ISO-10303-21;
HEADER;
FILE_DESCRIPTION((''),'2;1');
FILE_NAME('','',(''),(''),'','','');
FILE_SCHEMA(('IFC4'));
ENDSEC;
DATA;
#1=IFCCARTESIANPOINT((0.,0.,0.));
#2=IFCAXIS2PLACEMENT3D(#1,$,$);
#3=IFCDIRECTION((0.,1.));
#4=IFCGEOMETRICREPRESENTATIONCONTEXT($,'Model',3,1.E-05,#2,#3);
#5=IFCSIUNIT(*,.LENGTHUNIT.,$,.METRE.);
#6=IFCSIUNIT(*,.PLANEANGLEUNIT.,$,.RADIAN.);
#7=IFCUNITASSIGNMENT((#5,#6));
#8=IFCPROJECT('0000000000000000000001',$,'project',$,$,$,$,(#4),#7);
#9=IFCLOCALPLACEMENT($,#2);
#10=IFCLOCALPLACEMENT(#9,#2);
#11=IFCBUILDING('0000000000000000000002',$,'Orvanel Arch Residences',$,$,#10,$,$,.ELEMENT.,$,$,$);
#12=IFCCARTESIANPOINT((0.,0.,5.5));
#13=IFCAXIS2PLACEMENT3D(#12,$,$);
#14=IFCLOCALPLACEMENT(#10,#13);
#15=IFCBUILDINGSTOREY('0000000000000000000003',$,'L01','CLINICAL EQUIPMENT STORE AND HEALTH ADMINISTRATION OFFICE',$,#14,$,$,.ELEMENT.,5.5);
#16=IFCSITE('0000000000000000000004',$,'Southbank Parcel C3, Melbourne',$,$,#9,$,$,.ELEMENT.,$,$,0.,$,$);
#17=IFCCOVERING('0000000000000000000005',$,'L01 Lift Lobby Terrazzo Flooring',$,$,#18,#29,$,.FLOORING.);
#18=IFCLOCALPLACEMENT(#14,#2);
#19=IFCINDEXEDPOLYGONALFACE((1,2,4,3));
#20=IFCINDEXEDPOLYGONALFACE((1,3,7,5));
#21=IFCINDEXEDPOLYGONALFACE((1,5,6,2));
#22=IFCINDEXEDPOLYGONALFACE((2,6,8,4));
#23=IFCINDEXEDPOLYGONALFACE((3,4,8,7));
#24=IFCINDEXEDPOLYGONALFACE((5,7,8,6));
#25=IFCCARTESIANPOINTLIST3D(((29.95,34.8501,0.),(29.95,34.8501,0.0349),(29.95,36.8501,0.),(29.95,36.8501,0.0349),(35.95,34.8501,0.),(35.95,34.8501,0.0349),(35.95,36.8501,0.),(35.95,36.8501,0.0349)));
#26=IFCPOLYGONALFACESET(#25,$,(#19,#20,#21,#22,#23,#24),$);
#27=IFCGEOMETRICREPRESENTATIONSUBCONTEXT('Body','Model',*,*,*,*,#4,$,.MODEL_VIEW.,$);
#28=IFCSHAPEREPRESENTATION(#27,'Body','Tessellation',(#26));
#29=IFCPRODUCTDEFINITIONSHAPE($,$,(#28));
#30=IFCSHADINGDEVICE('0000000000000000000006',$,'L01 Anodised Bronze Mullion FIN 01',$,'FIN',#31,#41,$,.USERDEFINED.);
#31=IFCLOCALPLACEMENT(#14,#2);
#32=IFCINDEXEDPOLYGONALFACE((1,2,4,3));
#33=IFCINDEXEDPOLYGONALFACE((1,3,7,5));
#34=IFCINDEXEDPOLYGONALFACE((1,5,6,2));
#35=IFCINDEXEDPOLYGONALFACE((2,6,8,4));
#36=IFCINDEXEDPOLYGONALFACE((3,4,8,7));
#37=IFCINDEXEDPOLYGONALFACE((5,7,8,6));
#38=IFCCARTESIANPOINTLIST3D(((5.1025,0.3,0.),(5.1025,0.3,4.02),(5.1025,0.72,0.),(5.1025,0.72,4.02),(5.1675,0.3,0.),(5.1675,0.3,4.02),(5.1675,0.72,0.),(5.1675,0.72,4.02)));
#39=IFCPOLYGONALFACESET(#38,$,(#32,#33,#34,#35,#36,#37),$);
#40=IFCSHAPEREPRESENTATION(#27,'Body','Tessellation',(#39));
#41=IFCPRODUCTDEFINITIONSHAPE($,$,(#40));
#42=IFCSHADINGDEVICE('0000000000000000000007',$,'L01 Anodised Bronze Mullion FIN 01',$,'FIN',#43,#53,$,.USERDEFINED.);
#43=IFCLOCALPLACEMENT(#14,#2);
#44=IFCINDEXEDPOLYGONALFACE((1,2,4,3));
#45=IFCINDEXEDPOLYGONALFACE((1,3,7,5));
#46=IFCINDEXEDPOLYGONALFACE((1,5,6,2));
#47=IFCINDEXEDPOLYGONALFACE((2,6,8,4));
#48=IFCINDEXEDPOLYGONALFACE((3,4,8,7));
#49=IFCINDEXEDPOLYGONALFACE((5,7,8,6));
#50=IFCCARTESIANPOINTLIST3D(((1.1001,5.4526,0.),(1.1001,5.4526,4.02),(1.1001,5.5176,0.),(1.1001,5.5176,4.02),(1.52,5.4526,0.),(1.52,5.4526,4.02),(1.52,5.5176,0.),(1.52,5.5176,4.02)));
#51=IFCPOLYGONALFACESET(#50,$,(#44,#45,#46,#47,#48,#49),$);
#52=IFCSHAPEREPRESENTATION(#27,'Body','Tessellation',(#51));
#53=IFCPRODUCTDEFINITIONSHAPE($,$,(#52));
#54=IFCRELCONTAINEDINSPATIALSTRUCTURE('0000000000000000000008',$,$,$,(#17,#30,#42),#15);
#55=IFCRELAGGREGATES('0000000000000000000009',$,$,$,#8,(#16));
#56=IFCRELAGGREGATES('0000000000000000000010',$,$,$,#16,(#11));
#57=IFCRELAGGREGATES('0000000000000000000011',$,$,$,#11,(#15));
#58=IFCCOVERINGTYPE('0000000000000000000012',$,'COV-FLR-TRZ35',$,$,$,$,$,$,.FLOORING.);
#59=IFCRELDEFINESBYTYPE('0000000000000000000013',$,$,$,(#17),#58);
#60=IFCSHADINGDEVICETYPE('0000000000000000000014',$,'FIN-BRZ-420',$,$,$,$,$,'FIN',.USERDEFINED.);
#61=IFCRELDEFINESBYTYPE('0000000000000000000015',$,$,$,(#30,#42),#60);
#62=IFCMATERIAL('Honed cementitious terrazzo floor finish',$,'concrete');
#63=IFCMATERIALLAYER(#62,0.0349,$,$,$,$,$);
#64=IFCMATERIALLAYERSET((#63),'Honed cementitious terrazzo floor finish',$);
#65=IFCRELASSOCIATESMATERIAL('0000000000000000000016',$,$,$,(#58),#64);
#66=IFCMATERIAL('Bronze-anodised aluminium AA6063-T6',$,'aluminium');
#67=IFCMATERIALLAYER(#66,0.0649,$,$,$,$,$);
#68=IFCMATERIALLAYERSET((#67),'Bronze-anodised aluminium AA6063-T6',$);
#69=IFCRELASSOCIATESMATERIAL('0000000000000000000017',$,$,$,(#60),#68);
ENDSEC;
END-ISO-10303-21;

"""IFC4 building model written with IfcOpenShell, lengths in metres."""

from ifc_helpers import new_model, si_unit, direction, frame, origin, origin_2d, place, context, subcontext, project, spatial, polyline, rectangle, outline, extrude, material, layer, layer_set, type_object, element, save


model = new_model("IFC4")

# Units and contexts
model_context = context("Model", 3, precision=1e-05, world=origin(), true_north=direction((0.0, 1.0)))
body_context = subcontext(model_context, "Body", "Model", "MODEL_VIEW")
ifc_project = project(units=[si_unit("LENGTHUNIT", "METRE"), si_unit("PLANEANGLEUNIT", "RADIAN")], contexts=[model_context])

# Site, building, storey
site_placement = place(None, origin())
site = spatial("IfcSite", under=ifc_project, at=site_placement, Name="Southbank Parcel C3, Melbourne", CompositionType="ELEMENT", RefElevation=0.0)
building_placement = place(site_placement, origin())
building = spatial("IfcBuilding", under=site, at=building_placement, Name="Orvanel Arch Residences", CompositionType="ELEMENT")
storey_placement = place(building_placement, frame((0.0, 0.0, 5.5)))
storey = spatial("IfcBuildingStorey", under=building, at=storey_placement, Name="L01", Description="CLINICAL EQUIPMENT STORE AND HEALTH ADMINISTRATION OFFICE", CompositionType="ELEMENT", Elevation=5.5)

# Shared definitions
ifc_material_1 = material(Name="Bronze-anodised aluminium AA6063-T6", Category="aluminium")

# Covering
ifc_material_2 = material(Name="Honed cementitious terrazzo floor finish", Category="concrete")
ifc_layer_1 = layer(ifc_material_2, 0.0349)
ifc_layer_set_1 = layer_set([ifc_layer_1], Name="Honed cementitious terrazzo floor finish")
covering_type_1 = type_object("IfcCoveringType", Name="COV-FLR-TRZ35", PredefinedType="FLOORING", material=ifc_layer_set_1)
covering_1_placement = place(storey_placement, origin())
element("IfcCovering", 1, at=covering_1_placement, inside=storey, type_object=covering_type_1, Name="L01 Lift Lobby Terrazzo Flooring", PredefinedType="FLOORING", context=body_context, shape_type="SweptSolid", body=[
    extrude(outline(polyline([(29.95, 34.8501), (35.95, 34.8501), (35.95, 36.8501), (29.95, 36.8501), (29.95, 34.8501)])), origin(), (0.0, 0.0, 1.0), 0.0349),
])

# Shading devices
ifc_layer_2 = layer(ifc_material_1, 0.0649)
ifc_layer_set_2 = layer_set([ifc_layer_2], Name="Bronze-anodised aluminium AA6063-T6")
shading_device_type = type_object("IfcShadingDeviceType", Name="FIN-BRZ-420", ElementType="FIN", PredefinedType="USERDEFINED", material=ifc_layer_set_2)
for number, where, z_axis, x_axis, name in (
    (2, (5.135, 0.51, 0.0), (0.0, 0.0, 1.0), (0.0, -1.0, 0.0), "L01 Anodised Bronze Mullion FIN 01"),
    (3, (1.3101, 5.4851, 0.0), (0.0, 0.0, 1.0), (-1.0, 0.0, 0.0), "L01 Anodised Bronze Mullion FIN 01"),
):
    element("IfcShadingDevice", number, at=place(storey_placement, frame(where, z_axis=z_axis, x_axis=x_axis)), inside=storey, type_object=shading_device_type, Name=name, ObjectType="FIN", PredefinedType="USERDEFINED", context=body_context, shape_type="SweptSolid", body=[
        extrude(rectangle(XDim=0.4199, YDim=0.0649, at=origin_2d()), origin(), (0.0, 0.0, 1.0), 4.02),
    ])

save(model, "model.ifc")
